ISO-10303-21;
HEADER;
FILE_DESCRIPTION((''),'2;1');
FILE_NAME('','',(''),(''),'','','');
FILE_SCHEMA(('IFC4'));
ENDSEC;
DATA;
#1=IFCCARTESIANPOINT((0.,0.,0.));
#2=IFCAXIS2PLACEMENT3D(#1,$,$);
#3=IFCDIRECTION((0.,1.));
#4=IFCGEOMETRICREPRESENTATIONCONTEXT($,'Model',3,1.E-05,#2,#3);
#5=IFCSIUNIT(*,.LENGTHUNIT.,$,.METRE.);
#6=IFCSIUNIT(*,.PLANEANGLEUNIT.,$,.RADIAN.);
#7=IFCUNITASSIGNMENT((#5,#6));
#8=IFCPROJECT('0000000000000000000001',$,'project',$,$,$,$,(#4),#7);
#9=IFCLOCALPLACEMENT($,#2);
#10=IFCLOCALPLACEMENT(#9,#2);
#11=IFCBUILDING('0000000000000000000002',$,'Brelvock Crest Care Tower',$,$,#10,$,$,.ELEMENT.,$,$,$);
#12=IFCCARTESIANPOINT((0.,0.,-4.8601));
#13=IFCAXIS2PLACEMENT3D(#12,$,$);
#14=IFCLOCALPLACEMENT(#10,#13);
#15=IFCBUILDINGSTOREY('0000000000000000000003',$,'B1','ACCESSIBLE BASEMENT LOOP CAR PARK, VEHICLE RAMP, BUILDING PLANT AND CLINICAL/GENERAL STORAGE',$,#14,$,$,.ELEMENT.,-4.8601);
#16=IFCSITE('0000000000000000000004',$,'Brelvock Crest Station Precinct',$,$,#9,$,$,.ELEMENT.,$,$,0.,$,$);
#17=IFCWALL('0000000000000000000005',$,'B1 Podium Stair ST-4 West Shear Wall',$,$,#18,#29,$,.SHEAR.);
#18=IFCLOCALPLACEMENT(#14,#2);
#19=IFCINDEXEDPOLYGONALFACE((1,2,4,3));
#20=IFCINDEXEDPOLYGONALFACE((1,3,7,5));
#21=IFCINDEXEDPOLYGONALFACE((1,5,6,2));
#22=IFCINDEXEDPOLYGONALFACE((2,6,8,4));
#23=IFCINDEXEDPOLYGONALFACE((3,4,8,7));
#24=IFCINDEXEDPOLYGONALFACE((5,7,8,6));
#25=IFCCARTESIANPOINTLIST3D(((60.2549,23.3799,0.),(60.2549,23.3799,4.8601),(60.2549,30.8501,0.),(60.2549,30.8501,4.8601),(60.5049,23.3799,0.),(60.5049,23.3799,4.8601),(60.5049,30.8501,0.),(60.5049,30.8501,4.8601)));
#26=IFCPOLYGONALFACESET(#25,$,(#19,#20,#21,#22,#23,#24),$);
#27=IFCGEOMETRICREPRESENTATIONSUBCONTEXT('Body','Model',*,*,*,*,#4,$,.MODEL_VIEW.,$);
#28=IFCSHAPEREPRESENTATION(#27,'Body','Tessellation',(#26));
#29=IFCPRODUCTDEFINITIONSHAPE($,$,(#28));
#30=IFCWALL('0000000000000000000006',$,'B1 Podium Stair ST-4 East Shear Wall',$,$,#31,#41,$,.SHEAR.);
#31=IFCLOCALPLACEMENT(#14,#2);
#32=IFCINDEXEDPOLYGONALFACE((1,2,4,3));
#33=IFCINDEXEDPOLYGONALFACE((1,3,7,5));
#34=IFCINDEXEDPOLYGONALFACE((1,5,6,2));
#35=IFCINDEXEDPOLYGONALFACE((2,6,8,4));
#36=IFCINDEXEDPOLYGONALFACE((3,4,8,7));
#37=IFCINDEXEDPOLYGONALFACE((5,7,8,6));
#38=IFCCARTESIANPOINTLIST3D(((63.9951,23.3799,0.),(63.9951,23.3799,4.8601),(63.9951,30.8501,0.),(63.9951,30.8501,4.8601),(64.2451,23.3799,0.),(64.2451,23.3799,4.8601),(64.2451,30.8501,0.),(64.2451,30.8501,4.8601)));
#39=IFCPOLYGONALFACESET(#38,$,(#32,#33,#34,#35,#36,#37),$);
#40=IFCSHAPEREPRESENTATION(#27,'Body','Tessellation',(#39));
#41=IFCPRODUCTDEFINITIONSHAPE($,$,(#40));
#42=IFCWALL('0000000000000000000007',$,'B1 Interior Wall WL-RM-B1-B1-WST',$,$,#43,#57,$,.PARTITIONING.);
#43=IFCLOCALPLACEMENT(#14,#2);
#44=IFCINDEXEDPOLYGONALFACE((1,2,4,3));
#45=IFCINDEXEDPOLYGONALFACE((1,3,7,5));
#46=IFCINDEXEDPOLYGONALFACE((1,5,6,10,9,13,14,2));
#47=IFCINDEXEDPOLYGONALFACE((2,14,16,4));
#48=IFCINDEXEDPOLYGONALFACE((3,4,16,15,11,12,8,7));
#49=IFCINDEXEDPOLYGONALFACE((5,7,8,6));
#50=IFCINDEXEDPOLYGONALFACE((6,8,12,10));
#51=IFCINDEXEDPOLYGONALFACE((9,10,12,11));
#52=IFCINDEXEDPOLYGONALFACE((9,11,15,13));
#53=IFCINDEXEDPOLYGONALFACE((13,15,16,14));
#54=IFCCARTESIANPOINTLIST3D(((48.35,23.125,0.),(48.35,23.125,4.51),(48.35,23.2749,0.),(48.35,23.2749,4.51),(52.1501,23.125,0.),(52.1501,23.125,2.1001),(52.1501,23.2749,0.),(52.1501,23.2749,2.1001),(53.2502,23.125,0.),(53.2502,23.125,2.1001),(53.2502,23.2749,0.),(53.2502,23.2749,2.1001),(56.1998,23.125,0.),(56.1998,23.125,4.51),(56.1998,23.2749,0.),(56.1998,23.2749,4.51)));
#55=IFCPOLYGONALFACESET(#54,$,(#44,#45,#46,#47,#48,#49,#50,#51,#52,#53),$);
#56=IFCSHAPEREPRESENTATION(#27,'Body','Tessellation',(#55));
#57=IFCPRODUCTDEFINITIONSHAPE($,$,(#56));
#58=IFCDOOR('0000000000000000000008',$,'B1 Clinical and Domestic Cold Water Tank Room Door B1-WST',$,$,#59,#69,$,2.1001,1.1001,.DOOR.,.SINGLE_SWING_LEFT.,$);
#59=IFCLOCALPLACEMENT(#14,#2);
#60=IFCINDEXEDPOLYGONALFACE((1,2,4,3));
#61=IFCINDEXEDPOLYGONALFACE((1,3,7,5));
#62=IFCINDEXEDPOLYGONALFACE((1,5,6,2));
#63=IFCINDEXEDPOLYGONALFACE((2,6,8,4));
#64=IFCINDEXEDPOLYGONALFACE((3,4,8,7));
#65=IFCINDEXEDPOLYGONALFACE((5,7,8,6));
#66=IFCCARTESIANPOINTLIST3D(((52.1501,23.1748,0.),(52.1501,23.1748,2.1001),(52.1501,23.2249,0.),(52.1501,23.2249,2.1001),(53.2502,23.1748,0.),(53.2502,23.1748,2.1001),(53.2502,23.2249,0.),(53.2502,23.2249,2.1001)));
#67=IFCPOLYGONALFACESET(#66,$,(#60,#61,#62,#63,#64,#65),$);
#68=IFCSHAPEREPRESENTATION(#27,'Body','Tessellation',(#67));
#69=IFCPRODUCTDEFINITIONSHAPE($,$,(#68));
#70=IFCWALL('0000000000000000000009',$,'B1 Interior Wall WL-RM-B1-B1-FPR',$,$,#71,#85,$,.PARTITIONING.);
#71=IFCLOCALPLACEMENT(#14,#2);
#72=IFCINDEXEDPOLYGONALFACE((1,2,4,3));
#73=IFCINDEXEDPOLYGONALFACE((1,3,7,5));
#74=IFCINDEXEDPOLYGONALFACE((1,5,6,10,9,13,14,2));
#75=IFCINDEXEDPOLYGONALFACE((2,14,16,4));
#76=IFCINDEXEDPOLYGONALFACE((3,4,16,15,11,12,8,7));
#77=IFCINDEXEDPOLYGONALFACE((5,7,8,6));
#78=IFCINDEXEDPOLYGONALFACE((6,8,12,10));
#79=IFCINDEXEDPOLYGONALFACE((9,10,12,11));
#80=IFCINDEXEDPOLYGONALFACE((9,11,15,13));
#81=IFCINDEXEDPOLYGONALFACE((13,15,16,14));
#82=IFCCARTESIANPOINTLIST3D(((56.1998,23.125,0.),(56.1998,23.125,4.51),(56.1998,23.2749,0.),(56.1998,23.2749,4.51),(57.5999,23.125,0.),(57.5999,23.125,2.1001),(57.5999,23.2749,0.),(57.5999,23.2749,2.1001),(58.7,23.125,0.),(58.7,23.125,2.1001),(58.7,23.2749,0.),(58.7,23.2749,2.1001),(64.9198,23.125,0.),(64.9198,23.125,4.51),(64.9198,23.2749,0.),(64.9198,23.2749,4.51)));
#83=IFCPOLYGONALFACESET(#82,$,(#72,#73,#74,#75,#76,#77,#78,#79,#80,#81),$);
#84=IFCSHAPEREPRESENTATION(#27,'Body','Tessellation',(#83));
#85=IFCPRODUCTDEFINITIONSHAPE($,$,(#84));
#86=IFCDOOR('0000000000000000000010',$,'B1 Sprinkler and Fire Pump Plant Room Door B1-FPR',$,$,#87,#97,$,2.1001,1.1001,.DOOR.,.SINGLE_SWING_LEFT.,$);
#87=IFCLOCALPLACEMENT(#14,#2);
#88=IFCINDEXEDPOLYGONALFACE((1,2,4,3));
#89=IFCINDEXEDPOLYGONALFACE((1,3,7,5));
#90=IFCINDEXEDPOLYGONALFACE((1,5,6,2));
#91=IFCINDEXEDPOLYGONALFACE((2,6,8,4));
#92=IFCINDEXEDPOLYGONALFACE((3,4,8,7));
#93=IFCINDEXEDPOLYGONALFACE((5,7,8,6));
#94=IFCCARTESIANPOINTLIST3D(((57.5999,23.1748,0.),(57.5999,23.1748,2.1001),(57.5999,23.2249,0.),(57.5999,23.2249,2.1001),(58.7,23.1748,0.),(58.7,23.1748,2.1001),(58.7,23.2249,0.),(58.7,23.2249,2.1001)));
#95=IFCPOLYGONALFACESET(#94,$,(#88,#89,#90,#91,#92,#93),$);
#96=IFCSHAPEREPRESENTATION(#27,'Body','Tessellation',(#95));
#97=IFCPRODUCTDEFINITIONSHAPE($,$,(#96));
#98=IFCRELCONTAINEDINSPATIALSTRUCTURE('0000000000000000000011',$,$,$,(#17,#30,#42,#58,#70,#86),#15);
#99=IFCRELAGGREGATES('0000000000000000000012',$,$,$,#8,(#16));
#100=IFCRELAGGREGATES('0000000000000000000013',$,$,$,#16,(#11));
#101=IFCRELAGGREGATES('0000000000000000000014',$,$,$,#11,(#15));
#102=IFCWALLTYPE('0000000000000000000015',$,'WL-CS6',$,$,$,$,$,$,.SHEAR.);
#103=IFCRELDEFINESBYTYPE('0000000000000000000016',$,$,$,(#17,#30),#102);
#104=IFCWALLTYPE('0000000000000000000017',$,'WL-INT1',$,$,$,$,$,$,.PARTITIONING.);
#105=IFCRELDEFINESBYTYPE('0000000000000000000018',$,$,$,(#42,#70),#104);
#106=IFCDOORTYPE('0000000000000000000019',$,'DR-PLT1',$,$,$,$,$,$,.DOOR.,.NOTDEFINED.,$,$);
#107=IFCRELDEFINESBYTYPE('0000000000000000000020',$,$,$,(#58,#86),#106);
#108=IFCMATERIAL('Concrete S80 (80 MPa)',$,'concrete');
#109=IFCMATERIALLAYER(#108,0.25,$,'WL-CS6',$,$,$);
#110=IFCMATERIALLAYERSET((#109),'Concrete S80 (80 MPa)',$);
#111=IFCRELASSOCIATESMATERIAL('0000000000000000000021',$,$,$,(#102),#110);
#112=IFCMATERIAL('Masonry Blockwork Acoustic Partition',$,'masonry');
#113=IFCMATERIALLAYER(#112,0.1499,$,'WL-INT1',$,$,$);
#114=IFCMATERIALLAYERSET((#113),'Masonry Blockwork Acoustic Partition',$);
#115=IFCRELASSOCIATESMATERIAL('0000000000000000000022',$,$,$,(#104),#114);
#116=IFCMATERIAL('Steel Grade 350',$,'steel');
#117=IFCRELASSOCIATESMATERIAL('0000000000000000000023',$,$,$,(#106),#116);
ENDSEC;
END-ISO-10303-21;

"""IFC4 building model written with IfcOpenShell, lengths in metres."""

from ifc_helpers import new_model, si_unit, direction, frame, frame_2d, origin, origin_2d, place, context, subcontext, project, spatial, rectangle, extrude, source, transform, mapped, material, layer, layer_set, type_object, element, fill, save


model = new_model("IFC4")

# Units and contexts
model_context = context("Model", 3, precision=1e-05, world=origin(), true_north=direction((0.0, 1.0)))
body_context = subcontext(model_context, "Body", "Model", "MODEL_VIEW")
ifc_project = project(units=[si_unit("LENGTHUNIT", "METRE"), si_unit("PLANEANGLEUNIT", "RADIAN")], contexts=[model_context])

# Site, building, storey
site_placement = place(None, origin())
site = spatial("IfcSite", under=ifc_project, at=site_placement, Name="Brelvock Crest Station Precinct", CompositionType="ELEMENT", RefElevation=0.0)
building_placement = place(site_placement, origin())
building = spatial("IfcBuilding", under=site, at=building_placement, Name="Brelvock Crest Care Tower", CompositionType="ELEMENT")
storey_placement = place(building_placement, frame((0.0, 0.0, -4.8601)))
storey = spatial("IfcBuildingStorey", under=building, at=storey_placement, Name="B1", Description="ACCESSIBLE BASEMENT LOOP CAR PARK, VEHICLE RAMP, BUILDING PLANT AND CLINICAL/GENERAL STORAGE", CompositionType="ELEMENT", Elevation=-4.8601)

# Shared definitions
ifc_material_1 = material(Name="Steel Grade 350", Category="steel")

# Walls
ifc_material_2 = material(Name="Concrete S80 (80 MPa)", Category="concrete")
ifc_layer_1 = layer(ifc_material_2, 0.25, Name="WL-CS6")
ifc_layer_set_1 = layer_set([ifc_layer_1], Name="Concrete S80 (80 MPa)")
wall_type_1 = type_object("IfcWallType", Name="WL-CS6", PredefinedType="SHEAR", material=ifc_layer_set_1)
for number, where, z_axis, x_axis, name in (
    (1, (60.3799, 23.3799, 0.0), (0.0, 0.0, 1.0), (0.0, 1.0, 0.0), "B1 Podium Stair ST-4 West Shear Wall"),
    (2, (64.1201, 23.3799, 0.0), (0.0, 0.0, 1.0), (0.0, 1.0, 0.0), "B1 Podium Stair ST-4 East Shear Wall"),
):
    element("IfcWall", number, at=place(storey_placement, frame(where, z_axis=z_axis, x_axis=x_axis)), inside=storey, type_object=wall_type_1, Name=name, PredefinedType="SHEAR", context=body_context, shape_type="SweptSolid", body=[
        extrude(rectangle(XDim=7.4702, YDim=0.25, at=frame_2d((3.7351, 0.0))), origin(), (0.0, 0.0, 1.0), 4.8601),
    ])

# Walls, openings, doors
ifc_material_3 = material(Name="Masonry Blockwork Acoustic Partition", Category="masonry")
ifc_layer_2 = layer(ifc_material_3, 0.1499, Name="WL-INT1")
ifc_layer_set_2 = layer_set([ifc_layer_2], Name="Masonry Blockwork Acoustic Partition")
wall_type_2 = type_object("IfcWallType", Name="WL-INT1", PredefinedType="PARTITIONING", material=ifc_layer_set_2)
wall_1_placement = place(storey_placement, frame((48.3501, 23.2, 0.0), z_axis=(0.0, 0.0, 1.0), x_axis=(1.0, 0.0, 0.0)))
wall_1 = element("IfcWall", 3, at=wall_1_placement, inside=storey, type_object=wall_type_2, Name="B1 Interior Wall WL-RM-B1-B1-WST", PredefinedType="PARTITIONING", context=body_context, shape_type="SweptSolid", body=[
    extrude(rectangle(XDim=7.8499, YDim=0.1499, at=frame_2d((3.9248, 0.0))), origin(), (0.0, 0.0, 1.0), 4.51),
])
opening_1_placement = place(wall_1_placement, frame((3.8, 0.0, 0.0)))
opening_1 = element("IfcOpeningElement", 4, at=opening_1_placement, cuts=wall_1, PredefinedType="OPENING", context=body_context, shape_type="SweptSolid", body=[
    extrude(rectangle(XDim=1.1001, YDim=2.1001, at=origin_2d()), frame((0.55, 0.085, 1.05), z_axis=(0.0, -1.0, 0.0), x_axis=(1.0, 0.0, 0.0)), (0.0, 0.0, 1.0), 0.1699),
])
door_type = type_object("IfcDoorType", Name="DR-PLT1", OperationType="NOTDEFINED", PredefinedType="DOOR", material=ifc_material_1)
shared_shape_1 = source(origin(), body_context, "Body", "SweptSolid", [
    extrude(rectangle(XDim=1.1001, YDim=2.1001, at=origin_2d()), frame((0.55, 0.0249, 1.05), z_axis=(0.0, -1.0, 0.0), x_axis=(1.0, 0.0, 0.0)), (0.0, 0.0, 1.0), 0.05),
])
door_1_placement = place(opening_1_placement, origin())
door_1 = element("IfcDoor", 5, at=door_1_placement, inside=storey, type_object=door_type, Name="B1 Clinical and Domestic Cold Water Tank Room Door B1-WST", OperationType="SINGLE_SWING_LEFT", OverallHeight=2.1001, OverallWidth=1.1001, PredefinedType="DOOR", context=body_context, shape_type="MappedRepresentation", body=[
    mapped(shared_shape_1, transform((0.0, 0.0, 0.0), x_axis=(1.0, 0.0, 0.0), y_axis=(0.0, 1.0, 0.0), z_axis=(0.0, 0.0, 1.0), scale=1.0)),
])
fill(opening_1, door_1)
wall_2_placement = place(storey_placement, frame((56.2, 23.2, 0.0), z_axis=(0.0, 0.0, 1.0), x_axis=(1.0, 0.0, 0.0)))
wall_2 = element("IfcWall", 6, at=wall_2_placement, inside=storey, type_object=wall_type_2, Name="B1 Interior Wall WL-RM-B1-B1-FPR", PredefinedType="PARTITIONING", context=body_context, shape_type="SweptSolid", body=[
    extrude(rectangle(XDim=8.72, YDim=0.1499, at=frame_2d((4.3599, 0.0))), origin(), (0.0, 0.0, 1.0), 4.51),
])
opening_2_placement = place(wall_2_placement, frame((1.3999, 0.0, 0.0)))
opening_2 = element("IfcOpeningElement", 7, at=opening_2_placement, cuts=wall_2, PredefinedType="OPENING", context=body_context, shape_type="SweptSolid", body=[
    extrude(rectangle(XDim=1.1001, YDim=2.1001, at=origin_2d()), frame((0.55, 0.085, 1.05), z_axis=(0.0, -1.0, 0.0), x_axis=(1.0, 0.0, 0.0)), (0.0, 0.0, 1.0), 0.1699),
])
door_2_placement = place(opening_2_placement, origin())
door_2 = element("IfcDoor", 8, at=door_2_placement, inside=storey, type_object=door_type, Name="B1 Sprinkler and Fire Pump Plant Room Door B1-FPR", OperationType="SINGLE_SWING_LEFT", OverallHeight=2.1001, OverallWidth=1.1001, PredefinedType="DOOR", context=body_context, shape_type="MappedRepresentation", body=[
    mapped(shared_shape_1, transform((0.0, 0.0, 0.0), x_axis=(1.0, 0.0, 0.0), y_axis=(0.0, 1.0, 0.0), z_axis=(0.0, 0.0, 1.0), scale=1.0)),
])
fill(opening_2, door_2)

save(model, "model.ifc")
